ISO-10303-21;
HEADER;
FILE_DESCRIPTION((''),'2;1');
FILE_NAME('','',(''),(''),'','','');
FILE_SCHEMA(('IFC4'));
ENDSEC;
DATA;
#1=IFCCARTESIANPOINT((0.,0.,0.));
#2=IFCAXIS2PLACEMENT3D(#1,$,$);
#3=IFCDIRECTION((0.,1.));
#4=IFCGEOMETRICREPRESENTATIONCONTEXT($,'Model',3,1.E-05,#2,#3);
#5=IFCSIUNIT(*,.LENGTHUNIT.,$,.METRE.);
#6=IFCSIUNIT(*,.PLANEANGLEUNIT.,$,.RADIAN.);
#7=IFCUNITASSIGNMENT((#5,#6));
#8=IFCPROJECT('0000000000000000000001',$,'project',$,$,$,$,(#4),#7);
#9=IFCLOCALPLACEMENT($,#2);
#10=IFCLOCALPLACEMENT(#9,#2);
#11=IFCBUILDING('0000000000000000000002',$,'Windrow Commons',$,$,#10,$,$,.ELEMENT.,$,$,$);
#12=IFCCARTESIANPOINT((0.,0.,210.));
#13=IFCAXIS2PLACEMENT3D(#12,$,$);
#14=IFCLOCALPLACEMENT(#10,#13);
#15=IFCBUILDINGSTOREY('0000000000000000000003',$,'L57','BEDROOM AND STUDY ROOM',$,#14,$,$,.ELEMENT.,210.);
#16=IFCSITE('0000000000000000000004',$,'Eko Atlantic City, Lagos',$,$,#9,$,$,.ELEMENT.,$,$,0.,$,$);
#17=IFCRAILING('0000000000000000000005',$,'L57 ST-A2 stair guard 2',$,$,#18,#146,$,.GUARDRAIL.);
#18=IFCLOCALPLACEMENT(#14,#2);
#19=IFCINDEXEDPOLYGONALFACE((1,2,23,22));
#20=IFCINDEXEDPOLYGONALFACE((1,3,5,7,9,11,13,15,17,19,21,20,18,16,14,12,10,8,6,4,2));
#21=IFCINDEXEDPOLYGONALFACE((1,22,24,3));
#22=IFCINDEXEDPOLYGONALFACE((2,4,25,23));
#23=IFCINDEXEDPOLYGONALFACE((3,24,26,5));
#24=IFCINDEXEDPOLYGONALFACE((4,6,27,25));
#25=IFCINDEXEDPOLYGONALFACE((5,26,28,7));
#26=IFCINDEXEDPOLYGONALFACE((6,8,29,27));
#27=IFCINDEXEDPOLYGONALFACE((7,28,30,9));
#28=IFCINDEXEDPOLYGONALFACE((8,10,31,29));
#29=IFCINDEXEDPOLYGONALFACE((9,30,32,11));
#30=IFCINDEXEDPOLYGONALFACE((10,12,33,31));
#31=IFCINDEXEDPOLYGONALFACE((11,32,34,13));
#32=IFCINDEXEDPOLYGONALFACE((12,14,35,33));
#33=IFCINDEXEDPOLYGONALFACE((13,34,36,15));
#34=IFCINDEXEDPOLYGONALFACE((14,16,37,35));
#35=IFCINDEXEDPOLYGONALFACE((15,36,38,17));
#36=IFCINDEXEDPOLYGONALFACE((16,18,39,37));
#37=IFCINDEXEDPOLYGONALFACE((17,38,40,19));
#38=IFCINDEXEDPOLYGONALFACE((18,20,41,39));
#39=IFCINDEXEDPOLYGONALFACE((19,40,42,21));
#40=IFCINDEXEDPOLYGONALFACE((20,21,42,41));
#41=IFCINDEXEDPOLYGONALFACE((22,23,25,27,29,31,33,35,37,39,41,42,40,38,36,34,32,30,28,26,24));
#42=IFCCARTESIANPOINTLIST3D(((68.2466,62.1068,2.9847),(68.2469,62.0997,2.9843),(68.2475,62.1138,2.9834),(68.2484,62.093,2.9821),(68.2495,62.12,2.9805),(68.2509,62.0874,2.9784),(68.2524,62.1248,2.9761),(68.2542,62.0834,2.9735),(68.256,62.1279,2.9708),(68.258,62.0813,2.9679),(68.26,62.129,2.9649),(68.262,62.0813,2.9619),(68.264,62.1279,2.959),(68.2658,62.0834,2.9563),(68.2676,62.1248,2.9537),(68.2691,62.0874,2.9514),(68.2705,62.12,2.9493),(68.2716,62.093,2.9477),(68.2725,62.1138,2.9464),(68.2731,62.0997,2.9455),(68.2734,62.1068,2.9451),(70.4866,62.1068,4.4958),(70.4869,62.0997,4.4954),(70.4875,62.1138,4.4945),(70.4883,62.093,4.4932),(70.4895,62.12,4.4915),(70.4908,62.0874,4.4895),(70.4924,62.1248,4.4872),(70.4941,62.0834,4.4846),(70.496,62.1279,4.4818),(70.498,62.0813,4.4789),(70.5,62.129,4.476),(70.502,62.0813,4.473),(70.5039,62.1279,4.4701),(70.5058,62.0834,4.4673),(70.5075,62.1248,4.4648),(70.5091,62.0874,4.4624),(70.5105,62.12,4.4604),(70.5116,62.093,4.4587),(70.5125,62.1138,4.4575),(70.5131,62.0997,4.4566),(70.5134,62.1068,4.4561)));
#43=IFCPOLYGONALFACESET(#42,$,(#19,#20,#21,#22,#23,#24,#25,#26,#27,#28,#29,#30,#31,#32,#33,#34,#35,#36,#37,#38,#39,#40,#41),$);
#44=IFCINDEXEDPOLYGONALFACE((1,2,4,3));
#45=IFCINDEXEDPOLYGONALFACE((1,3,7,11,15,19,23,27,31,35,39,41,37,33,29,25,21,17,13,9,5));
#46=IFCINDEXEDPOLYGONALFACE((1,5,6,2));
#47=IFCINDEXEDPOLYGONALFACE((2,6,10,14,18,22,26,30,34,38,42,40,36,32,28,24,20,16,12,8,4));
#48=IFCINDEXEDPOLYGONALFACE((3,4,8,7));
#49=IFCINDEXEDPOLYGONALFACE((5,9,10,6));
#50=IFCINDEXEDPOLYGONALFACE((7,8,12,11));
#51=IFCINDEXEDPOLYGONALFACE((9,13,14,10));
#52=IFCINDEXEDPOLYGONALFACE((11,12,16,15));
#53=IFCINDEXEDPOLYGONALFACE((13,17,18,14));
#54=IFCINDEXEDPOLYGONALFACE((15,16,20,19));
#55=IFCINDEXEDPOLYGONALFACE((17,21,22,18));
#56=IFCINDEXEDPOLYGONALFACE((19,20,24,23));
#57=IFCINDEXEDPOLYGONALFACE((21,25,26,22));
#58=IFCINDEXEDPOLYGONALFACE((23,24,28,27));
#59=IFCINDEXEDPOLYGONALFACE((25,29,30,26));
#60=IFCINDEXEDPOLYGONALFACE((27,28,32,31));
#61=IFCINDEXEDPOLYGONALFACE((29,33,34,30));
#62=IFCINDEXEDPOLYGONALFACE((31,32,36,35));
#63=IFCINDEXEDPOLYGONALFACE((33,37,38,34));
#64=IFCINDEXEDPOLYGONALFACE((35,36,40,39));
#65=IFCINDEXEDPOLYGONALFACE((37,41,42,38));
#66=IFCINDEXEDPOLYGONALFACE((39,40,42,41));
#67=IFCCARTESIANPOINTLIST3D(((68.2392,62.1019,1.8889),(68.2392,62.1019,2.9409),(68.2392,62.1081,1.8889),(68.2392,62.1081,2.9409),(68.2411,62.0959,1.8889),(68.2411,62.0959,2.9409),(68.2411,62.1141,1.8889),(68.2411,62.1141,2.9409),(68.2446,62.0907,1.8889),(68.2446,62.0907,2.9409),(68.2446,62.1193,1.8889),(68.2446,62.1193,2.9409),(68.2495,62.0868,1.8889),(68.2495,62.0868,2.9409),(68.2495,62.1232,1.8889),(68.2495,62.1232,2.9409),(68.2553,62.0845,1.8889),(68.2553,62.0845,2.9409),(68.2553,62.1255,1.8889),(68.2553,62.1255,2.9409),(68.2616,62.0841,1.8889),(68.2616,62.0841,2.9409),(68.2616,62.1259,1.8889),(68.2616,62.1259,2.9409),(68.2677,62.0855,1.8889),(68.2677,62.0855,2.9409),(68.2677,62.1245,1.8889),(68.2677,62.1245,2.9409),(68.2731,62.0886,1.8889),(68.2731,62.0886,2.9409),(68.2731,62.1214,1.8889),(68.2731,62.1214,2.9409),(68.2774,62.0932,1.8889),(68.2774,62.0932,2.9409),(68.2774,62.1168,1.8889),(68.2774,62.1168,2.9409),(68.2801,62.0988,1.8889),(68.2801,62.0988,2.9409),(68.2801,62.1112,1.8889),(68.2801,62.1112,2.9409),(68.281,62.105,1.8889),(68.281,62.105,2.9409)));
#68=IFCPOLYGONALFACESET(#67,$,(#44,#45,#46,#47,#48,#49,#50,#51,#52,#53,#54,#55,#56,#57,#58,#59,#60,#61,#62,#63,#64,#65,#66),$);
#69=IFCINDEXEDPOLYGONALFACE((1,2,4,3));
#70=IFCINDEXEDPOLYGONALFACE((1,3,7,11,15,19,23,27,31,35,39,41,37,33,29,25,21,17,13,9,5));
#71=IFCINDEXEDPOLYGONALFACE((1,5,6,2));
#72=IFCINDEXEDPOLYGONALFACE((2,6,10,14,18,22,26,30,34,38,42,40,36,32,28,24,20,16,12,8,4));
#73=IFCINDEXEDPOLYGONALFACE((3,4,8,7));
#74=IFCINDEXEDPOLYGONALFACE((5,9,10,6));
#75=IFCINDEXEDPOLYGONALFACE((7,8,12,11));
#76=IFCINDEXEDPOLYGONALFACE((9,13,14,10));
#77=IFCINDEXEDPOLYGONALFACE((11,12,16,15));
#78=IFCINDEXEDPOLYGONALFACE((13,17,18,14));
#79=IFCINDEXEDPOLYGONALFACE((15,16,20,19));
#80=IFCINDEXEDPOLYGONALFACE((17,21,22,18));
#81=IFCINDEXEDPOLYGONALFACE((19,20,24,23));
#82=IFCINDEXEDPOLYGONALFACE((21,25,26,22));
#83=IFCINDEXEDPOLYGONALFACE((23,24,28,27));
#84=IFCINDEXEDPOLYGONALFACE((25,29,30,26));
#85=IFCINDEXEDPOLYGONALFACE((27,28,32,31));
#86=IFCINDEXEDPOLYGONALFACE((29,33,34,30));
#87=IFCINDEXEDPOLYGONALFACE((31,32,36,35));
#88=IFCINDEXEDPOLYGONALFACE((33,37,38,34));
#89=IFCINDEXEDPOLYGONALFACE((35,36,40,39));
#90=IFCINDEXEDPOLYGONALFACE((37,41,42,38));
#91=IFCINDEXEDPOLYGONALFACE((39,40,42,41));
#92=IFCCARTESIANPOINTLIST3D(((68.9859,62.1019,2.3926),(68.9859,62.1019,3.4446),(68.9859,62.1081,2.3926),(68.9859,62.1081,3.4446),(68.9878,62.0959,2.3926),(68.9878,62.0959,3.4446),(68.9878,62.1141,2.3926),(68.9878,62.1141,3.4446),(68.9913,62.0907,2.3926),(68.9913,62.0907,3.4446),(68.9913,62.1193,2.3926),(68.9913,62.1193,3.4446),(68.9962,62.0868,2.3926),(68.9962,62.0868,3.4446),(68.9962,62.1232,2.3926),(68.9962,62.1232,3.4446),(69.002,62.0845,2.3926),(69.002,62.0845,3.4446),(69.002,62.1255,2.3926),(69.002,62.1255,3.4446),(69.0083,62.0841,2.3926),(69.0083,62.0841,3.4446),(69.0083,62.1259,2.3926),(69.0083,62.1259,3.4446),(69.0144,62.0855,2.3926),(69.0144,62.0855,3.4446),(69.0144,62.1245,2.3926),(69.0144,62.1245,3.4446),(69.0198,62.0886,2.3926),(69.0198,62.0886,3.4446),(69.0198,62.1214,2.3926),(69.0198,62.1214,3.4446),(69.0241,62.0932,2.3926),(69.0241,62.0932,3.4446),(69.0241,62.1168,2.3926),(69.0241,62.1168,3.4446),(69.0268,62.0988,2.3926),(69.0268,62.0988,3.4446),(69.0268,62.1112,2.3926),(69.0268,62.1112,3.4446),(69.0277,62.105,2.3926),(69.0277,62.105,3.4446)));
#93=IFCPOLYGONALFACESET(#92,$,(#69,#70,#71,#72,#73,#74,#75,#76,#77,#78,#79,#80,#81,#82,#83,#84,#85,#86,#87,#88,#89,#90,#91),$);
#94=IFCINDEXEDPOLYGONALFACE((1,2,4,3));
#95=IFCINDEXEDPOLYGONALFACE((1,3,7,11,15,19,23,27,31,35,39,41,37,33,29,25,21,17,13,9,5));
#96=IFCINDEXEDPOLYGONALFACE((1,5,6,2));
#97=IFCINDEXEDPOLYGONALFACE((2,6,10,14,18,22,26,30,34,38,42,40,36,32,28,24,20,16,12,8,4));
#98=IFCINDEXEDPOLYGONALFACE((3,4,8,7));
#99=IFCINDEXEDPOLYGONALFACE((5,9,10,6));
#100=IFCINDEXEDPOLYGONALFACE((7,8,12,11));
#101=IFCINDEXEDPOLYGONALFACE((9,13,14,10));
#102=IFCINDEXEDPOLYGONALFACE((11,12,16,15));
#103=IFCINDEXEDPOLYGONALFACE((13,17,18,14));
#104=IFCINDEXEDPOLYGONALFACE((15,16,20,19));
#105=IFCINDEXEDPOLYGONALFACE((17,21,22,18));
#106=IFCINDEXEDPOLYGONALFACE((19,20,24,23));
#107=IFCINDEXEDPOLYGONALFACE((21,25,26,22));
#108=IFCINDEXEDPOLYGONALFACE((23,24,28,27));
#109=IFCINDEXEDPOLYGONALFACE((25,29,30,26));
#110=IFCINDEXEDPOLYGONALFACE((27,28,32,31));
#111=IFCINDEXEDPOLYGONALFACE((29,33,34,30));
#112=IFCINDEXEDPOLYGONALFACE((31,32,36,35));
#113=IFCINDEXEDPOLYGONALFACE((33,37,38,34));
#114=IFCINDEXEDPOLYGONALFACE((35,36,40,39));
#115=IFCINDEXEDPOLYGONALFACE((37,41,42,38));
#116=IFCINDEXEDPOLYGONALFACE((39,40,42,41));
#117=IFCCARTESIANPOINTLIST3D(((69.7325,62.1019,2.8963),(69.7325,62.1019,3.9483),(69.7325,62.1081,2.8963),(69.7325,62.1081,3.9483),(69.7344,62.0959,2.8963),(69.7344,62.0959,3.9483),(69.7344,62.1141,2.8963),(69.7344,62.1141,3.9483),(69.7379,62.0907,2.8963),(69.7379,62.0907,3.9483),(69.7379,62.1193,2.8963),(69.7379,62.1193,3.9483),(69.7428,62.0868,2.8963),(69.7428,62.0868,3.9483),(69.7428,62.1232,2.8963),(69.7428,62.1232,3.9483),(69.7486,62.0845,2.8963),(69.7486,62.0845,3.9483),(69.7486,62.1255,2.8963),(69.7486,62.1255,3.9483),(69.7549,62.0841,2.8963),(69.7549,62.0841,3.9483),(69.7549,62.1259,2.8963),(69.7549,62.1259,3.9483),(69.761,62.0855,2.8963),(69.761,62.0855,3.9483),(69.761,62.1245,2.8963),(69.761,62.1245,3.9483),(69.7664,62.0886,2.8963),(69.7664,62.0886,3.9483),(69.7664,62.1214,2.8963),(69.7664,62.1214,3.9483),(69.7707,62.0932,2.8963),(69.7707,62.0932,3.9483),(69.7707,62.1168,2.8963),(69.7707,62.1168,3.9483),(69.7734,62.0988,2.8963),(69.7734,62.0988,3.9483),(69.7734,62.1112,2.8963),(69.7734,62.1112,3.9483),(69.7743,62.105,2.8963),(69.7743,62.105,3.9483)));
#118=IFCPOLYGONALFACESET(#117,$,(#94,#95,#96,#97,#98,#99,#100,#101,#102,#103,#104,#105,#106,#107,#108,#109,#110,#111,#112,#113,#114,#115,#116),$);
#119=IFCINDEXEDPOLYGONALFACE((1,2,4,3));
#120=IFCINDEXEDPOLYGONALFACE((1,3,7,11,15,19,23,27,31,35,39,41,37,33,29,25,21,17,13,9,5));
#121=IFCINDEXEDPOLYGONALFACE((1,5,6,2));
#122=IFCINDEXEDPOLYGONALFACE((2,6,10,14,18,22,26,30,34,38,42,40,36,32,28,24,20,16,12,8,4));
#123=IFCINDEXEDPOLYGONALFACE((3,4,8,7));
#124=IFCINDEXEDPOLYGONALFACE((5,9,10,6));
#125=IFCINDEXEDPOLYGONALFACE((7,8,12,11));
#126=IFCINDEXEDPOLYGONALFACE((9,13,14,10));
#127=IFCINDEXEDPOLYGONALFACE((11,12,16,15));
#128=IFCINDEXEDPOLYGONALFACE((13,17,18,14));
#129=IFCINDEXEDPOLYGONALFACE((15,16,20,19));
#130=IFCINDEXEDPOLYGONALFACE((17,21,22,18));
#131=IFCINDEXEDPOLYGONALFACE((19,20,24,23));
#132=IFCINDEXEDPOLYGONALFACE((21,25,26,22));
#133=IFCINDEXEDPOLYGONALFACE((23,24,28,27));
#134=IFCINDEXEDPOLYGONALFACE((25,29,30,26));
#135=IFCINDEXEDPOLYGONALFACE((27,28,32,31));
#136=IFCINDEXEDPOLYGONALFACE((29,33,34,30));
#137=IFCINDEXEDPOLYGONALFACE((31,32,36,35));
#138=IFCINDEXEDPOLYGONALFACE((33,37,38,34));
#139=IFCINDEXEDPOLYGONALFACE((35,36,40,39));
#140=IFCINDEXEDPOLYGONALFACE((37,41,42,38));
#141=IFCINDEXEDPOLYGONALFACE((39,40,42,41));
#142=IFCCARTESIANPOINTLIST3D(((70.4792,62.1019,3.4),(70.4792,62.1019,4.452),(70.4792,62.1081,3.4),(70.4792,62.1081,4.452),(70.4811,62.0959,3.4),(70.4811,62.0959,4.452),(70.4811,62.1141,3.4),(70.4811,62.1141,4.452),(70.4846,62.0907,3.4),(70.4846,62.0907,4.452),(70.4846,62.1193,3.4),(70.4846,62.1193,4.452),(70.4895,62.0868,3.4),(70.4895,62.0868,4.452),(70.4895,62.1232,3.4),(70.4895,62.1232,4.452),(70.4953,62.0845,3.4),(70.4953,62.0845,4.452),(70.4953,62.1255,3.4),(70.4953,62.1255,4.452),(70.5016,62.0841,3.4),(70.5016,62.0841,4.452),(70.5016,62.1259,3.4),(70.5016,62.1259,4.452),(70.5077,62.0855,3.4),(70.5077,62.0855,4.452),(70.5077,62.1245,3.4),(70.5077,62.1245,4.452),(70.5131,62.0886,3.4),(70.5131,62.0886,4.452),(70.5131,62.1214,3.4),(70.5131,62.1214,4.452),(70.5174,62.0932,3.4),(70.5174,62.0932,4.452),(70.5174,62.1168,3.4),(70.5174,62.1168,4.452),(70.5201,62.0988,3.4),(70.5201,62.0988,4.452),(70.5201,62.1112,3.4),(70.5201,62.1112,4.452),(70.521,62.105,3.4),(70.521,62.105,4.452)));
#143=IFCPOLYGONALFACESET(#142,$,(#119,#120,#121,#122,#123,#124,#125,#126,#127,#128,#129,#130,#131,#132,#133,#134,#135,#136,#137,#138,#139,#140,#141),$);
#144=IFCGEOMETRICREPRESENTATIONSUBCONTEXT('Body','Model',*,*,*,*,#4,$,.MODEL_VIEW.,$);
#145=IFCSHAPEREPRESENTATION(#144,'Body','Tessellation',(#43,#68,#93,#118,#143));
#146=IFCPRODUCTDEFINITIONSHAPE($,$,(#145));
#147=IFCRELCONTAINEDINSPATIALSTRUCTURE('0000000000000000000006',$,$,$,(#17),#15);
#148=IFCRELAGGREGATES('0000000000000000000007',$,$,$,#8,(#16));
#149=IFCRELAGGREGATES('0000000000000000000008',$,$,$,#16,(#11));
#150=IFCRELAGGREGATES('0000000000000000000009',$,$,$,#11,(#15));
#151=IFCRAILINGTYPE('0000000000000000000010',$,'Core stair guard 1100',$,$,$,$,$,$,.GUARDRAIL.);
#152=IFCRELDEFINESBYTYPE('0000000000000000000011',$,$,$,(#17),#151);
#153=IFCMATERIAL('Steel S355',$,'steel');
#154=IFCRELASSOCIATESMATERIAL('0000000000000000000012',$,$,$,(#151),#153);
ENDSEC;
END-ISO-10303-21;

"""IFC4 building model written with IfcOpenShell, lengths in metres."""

from ifc_helpers import new_model, si_unit, direction, frame, origin, origin_2d, place, context, subcontext, project, spatial, circle, extrude, material, type_object, element, save


model = new_model("IFC4")

# Units and contexts
model_context = context("Model", 3, precision=1e-05, world=origin(), true_north=direction((0.0, 1.0)))
body_context = subcontext(model_context, "Body", "Model", "MODEL_VIEW")
ifc_project = project(units=[si_unit("LENGTHUNIT", "METRE"), si_unit("PLANEANGLEUNIT", "RADIAN")], contexts=[model_context])

# Site, building, storey
site_placement = place(None, origin())
site = spatial("IfcSite", under=ifc_project, at=site_placement, Name="Eko Atlantic City, Lagos", CompositionType="ELEMENT", RefElevation=0.0)
building_placement = place(site_placement, origin())
building = spatial("IfcBuilding", under=site, at=building_placement, Name="Windrow Commons", CompositionType="ELEMENT")
storey_placement = place(building_placement, frame((0.0, 0.0, 210.0)))
storey = spatial("IfcBuildingStorey", under=building, at=storey_placement, Name="L57", Description="BEDROOM AND STUDY ROOM", CompositionType="ELEMENT", Elevation=210.0)

# Railing
ifc_material_1 = material(Name="Steel S355", Category="steel")
railing_type_1 = type_object("IfcRailingType", Name="Core stair guard 1100", PredefinedType="GUARDRAIL", material=ifc_material_1)
railing_1_placement = place(storey_placement, frame((68.26, 62.105, 1.8889)))
element("IfcRailing", 1, at=railing_1_placement, inside=storey, type_object=railing_type_1, Name="L57 ST-A2 stair guard 2", PredefinedType="GUARDRAIL", context=body_context, shape_type="SweptSolid", body=[
    extrude(circle(Radius=0.024, at=origin_2d()), frame((0.0, 0.0, 1.076), z_axis=(0.829003, 0.0, 0.559244), x_axis=(0.0, 1.0, 0.0)), (0.0, 0.0, 1.0), 2.702),
    extrude(circle(Radius=0.021, at=origin_2d()), origin(), (0.0, 0.0, 1.0), 1.052),
    extrude(circle(Radius=0.021, at=origin_2d()), frame((0.7467, 0.0, 0.5037)), (0.0, 0.0, 1.0), 1.052),
    extrude(circle(Radius=0.021, at=origin_2d()), frame((1.4933, 0.0, 1.0074)), (0.0, 0.0, 1.0), 1.052),
    extrude(circle(Radius=0.021, at=origin_2d()), frame((2.24, 0.0, 1.5111)), (0.0, 0.0, 1.0), 1.052),
])

save(model, "model.ifc")
